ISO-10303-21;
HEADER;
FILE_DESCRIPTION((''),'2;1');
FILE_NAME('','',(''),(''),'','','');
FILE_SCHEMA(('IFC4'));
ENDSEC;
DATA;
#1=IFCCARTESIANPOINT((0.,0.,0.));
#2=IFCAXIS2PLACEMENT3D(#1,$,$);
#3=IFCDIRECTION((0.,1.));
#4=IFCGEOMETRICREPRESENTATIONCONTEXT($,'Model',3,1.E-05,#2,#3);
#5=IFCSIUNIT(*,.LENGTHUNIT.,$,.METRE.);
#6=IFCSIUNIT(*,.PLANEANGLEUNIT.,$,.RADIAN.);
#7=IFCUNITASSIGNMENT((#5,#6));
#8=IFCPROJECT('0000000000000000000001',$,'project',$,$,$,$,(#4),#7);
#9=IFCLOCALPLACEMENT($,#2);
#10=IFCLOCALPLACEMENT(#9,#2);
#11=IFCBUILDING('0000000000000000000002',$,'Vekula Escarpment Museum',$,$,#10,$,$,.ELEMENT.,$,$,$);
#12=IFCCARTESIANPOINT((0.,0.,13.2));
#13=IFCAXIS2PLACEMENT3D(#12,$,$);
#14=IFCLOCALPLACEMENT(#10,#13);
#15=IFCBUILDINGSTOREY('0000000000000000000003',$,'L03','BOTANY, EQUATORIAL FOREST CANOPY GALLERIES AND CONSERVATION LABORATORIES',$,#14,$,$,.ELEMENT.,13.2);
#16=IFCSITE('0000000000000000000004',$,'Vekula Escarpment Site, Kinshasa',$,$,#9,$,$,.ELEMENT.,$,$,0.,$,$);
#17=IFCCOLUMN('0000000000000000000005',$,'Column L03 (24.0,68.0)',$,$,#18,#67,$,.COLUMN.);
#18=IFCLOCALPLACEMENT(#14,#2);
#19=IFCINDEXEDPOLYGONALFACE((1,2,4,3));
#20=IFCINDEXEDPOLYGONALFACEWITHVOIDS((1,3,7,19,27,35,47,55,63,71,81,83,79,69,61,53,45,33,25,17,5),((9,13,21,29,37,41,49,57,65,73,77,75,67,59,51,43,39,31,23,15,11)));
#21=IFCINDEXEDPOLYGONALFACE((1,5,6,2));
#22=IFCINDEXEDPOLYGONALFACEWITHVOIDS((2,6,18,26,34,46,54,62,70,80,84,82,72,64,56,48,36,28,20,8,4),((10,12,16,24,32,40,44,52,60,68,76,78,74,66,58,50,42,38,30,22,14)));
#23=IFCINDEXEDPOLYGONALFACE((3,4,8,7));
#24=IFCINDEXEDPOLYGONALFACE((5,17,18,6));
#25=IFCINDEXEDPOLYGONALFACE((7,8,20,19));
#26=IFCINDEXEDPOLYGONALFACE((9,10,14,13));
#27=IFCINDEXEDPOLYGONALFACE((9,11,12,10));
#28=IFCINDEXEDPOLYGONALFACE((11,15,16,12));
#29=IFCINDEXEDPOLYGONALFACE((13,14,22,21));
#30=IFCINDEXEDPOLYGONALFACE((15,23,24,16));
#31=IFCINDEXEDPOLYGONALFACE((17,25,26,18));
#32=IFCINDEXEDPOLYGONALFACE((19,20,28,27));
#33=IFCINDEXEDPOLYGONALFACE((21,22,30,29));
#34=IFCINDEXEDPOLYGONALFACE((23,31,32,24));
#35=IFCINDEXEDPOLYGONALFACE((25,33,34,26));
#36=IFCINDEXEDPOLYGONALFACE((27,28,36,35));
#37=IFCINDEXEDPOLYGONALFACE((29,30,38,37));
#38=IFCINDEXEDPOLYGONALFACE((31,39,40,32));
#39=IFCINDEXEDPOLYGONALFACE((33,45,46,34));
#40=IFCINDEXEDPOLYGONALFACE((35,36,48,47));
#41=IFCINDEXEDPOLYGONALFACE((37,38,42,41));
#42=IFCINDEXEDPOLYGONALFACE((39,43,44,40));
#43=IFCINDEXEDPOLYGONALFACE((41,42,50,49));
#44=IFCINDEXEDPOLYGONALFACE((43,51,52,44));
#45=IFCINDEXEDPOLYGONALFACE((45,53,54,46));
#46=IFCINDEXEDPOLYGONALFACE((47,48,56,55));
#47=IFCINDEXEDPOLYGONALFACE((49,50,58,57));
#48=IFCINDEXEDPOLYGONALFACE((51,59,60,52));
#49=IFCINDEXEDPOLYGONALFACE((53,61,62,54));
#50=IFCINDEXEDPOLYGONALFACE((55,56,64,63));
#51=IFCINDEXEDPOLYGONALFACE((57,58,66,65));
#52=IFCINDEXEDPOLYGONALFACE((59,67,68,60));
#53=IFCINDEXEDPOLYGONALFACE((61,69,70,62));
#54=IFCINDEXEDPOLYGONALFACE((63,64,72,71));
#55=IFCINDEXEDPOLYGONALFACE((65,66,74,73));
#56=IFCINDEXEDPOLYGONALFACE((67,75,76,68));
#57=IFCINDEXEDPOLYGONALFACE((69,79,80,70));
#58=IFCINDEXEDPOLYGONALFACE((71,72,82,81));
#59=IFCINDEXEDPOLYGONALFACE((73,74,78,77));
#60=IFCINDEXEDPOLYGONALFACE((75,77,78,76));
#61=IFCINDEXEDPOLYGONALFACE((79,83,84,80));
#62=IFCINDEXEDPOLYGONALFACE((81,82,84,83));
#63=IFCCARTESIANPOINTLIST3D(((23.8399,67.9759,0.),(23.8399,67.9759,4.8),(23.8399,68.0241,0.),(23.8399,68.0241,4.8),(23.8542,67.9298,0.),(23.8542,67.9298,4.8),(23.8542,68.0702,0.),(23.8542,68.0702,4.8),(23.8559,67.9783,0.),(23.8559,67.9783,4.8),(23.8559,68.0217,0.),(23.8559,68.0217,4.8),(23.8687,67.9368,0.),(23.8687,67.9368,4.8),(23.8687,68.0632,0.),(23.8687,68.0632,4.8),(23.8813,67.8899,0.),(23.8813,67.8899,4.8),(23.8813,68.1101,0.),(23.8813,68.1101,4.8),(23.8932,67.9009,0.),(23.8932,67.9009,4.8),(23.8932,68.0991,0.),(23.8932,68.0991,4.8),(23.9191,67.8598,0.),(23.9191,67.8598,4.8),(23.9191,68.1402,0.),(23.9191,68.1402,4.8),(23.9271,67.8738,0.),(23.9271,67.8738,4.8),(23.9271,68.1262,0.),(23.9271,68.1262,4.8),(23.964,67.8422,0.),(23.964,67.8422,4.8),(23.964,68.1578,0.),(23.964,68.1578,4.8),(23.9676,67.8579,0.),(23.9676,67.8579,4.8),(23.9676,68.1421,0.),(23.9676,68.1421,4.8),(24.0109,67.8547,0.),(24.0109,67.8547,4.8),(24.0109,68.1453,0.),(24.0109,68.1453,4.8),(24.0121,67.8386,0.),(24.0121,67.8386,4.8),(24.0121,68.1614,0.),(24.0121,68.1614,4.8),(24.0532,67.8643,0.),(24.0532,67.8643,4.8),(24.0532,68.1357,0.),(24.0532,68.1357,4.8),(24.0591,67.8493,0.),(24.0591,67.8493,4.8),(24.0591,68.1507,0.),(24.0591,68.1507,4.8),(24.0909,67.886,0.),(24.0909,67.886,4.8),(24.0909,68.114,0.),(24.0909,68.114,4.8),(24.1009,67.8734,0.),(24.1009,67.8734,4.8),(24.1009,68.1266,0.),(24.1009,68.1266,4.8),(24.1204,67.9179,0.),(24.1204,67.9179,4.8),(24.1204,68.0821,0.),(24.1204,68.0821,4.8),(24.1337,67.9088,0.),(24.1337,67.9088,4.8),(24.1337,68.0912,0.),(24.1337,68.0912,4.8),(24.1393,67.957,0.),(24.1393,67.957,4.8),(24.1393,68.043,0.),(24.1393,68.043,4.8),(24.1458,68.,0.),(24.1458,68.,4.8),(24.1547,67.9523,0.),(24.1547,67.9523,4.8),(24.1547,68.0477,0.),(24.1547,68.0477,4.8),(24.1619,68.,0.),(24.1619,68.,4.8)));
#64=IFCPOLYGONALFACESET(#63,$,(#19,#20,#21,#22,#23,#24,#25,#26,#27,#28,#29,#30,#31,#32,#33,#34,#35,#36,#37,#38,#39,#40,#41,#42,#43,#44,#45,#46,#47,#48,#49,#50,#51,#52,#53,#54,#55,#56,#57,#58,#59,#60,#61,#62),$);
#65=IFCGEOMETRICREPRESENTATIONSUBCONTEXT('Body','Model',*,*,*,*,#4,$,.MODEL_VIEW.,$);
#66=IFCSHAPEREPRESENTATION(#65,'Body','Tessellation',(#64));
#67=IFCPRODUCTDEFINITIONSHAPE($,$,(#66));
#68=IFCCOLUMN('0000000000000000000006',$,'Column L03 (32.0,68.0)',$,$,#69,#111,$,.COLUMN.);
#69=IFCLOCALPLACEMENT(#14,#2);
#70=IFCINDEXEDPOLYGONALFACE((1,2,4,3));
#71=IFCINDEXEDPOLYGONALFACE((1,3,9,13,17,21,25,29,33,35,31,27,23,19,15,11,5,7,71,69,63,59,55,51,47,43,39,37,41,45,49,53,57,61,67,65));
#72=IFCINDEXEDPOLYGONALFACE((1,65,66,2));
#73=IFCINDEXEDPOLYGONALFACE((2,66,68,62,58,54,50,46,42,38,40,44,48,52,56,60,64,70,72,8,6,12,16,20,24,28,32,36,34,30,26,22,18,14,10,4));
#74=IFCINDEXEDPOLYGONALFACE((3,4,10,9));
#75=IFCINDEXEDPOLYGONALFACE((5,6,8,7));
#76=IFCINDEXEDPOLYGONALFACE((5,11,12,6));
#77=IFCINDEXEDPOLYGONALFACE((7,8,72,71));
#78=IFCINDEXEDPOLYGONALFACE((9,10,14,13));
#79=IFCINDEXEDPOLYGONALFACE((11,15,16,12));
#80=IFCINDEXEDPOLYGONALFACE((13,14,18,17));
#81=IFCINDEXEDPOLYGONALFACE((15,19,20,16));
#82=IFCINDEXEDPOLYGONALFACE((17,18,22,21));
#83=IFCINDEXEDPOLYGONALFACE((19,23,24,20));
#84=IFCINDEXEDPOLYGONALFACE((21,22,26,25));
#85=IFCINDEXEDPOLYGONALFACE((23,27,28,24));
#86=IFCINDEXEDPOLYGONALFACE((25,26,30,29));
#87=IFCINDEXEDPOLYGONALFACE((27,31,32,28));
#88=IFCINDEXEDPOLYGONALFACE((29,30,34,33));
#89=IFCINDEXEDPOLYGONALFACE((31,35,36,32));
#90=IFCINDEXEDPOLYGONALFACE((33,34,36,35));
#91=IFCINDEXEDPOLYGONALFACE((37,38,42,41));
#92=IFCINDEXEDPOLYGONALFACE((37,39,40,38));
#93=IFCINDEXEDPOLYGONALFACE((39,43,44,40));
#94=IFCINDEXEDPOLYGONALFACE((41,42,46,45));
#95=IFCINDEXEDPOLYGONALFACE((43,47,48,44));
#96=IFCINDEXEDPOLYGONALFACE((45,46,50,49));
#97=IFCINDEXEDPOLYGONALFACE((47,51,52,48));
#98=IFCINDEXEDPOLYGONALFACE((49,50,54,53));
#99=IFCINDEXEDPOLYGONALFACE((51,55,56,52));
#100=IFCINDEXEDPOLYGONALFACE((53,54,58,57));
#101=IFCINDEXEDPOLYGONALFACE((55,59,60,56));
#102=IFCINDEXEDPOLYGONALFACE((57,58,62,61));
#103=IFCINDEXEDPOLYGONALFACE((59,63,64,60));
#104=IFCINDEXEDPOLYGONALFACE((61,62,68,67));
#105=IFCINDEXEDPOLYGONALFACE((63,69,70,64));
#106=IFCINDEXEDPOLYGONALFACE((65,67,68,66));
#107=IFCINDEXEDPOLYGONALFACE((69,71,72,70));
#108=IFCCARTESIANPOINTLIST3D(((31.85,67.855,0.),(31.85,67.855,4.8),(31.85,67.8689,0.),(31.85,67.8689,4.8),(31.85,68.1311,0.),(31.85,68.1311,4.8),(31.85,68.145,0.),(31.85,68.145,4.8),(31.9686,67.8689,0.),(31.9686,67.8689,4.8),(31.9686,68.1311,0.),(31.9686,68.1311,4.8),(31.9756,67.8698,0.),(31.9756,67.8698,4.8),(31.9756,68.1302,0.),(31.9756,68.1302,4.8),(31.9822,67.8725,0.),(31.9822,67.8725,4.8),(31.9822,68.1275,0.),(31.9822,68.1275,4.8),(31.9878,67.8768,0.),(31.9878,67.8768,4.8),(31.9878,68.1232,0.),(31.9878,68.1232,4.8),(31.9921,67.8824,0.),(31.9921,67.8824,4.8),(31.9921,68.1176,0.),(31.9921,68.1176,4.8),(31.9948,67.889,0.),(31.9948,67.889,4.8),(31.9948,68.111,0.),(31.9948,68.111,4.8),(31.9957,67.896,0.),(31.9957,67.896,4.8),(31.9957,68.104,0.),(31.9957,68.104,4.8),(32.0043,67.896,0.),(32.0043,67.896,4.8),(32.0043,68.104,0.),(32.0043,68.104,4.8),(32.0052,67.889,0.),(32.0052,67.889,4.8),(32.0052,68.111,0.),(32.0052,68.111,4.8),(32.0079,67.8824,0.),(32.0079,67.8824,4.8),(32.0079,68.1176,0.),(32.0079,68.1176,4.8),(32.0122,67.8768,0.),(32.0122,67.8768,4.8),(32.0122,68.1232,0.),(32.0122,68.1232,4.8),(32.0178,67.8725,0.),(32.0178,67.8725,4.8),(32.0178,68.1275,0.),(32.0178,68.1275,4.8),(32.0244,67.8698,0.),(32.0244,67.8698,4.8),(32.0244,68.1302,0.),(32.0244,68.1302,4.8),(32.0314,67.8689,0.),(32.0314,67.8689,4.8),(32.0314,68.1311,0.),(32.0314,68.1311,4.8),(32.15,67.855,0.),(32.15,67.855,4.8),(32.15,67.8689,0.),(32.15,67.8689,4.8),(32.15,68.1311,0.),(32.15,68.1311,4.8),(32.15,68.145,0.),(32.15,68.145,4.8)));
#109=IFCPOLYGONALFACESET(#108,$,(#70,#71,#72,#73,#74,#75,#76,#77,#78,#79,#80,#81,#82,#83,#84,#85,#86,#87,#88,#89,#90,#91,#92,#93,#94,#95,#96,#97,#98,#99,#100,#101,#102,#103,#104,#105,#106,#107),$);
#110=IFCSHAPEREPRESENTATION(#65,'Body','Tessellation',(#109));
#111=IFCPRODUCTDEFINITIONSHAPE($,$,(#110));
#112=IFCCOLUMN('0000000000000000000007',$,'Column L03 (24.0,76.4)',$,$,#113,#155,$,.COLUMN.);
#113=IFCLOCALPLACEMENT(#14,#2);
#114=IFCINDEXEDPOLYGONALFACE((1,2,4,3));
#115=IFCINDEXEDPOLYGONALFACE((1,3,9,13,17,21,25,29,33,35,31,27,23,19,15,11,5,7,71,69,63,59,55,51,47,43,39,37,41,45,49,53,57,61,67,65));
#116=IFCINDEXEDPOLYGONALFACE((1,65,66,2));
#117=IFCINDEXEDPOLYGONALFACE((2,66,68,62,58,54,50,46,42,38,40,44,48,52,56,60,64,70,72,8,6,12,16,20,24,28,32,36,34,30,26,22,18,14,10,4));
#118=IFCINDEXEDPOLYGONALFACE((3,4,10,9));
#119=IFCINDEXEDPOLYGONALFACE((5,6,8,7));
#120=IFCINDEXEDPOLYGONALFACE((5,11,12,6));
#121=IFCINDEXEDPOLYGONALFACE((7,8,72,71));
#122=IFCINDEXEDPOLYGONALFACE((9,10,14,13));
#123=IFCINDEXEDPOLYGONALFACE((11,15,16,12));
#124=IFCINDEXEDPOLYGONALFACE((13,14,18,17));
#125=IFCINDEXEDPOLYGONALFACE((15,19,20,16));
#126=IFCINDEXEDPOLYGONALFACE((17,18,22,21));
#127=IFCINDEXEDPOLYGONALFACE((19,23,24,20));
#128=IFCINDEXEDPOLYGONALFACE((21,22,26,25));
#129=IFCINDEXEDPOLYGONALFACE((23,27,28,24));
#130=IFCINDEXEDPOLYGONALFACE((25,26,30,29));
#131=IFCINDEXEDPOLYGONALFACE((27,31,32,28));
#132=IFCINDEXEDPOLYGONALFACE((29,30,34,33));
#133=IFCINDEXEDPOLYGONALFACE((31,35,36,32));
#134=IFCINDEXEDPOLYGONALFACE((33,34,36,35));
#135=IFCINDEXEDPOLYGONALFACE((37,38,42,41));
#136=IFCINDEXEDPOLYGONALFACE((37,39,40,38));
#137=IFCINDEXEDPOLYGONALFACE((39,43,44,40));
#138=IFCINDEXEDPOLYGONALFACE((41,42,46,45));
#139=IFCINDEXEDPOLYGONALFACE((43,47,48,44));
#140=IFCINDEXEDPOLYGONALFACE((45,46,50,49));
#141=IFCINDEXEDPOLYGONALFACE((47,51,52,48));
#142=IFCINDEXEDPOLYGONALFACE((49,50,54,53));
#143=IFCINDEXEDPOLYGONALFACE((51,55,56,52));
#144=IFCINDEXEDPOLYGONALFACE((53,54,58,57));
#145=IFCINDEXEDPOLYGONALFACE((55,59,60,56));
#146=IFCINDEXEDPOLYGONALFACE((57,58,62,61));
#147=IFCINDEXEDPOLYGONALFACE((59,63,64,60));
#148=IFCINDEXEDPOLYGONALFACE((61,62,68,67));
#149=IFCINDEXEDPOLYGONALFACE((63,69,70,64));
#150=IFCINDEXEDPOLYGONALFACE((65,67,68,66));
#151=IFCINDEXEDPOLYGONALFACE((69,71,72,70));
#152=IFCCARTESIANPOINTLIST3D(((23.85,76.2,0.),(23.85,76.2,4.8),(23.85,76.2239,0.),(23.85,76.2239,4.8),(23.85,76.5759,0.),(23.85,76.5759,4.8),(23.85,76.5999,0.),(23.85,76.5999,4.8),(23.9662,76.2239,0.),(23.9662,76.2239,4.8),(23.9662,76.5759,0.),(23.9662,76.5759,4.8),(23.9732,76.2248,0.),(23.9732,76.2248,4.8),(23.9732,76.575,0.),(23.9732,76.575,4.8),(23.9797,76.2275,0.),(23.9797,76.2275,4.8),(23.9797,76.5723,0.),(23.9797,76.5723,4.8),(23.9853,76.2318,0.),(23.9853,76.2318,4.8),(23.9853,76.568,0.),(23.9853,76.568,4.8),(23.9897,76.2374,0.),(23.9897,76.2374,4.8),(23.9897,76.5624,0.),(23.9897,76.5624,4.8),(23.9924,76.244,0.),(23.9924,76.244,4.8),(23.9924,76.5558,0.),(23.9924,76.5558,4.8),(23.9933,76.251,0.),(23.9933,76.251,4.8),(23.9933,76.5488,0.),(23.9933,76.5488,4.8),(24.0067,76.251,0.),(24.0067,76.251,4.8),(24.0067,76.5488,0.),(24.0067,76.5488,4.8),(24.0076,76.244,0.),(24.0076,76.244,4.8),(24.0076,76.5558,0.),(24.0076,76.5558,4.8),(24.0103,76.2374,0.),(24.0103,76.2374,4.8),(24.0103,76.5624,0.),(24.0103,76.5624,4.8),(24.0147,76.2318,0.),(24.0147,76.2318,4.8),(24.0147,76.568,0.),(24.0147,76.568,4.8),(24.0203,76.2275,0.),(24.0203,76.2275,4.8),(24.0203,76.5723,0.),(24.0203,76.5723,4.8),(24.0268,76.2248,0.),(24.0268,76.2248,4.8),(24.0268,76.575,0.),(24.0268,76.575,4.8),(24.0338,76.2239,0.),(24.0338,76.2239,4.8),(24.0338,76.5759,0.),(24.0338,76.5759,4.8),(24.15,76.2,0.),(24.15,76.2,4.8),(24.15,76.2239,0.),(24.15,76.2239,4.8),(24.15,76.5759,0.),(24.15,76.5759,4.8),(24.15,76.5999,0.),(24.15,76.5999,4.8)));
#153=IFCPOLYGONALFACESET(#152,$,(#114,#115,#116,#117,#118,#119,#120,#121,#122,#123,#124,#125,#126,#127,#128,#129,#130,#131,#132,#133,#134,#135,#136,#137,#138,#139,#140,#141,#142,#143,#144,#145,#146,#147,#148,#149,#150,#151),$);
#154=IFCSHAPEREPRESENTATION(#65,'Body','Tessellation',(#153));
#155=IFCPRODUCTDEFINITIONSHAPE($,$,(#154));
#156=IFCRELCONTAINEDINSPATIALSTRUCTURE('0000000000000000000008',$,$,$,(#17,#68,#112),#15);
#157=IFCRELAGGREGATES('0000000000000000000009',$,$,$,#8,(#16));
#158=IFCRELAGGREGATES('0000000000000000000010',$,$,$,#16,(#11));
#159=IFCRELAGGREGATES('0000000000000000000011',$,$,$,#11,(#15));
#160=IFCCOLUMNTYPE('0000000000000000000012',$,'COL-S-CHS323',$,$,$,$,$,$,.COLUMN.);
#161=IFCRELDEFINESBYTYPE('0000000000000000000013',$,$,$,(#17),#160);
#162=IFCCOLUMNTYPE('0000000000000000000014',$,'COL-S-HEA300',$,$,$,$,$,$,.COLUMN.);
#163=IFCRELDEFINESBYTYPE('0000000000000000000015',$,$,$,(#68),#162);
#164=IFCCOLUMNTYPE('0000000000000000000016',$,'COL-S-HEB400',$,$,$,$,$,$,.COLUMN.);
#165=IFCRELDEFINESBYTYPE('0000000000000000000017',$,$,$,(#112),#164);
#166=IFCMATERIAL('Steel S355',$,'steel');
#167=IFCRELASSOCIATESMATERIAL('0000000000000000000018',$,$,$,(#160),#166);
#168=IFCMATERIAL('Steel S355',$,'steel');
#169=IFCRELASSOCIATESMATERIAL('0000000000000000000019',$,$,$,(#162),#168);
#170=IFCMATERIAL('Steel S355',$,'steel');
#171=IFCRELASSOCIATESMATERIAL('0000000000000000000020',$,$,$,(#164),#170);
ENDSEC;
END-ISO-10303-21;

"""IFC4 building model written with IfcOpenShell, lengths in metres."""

from ifc_helpers import new_model, si_unit, direction, frame, origin, origin_2d, place, context, subcontext, project, spatial, hollow_circle, i_section, extrude, material, material_profile, profile_set, type_object, element, save


model = new_model("IFC4")

# Units and contexts
model_context = context("Model", 3, precision=1e-05, world=origin(), true_north=direction((0.0, 1.0)))
body_context = subcontext(model_context, "Body", "Model", "MODEL_VIEW")
ifc_project = project(units=[si_unit("LENGTHUNIT", "METRE"), si_unit("PLANEANGLEUNIT", "RADIAN")], contexts=[model_context])

# Site, building, storey
site_placement = place(None, origin())
site = spatial("IfcSite", under=ifc_project, at=site_placement, Name="Vekula Escarpment Site, Kinshasa", CompositionType="ELEMENT", RefElevation=0.0)
building_placement = place(site_placement, origin())
building = spatial("IfcBuilding", under=site, at=building_placement, Name="Vekula Escarpment Museum", CompositionType="ELEMENT")
storey_placement = place(building_placement, frame((0.0, 0.0, 13.2)))
storey = spatial("IfcBuildingStorey", under=building, at=storey_placement, Name="L03", Description="BOTANY, EQUATORIAL FOREST CANOPY GALLERIES AND CONSERVATION LABORATORIES", CompositionType="ELEMENT", Elevation=13.2)

# Columns
ifc_material_1 = material(Name="Steel S355", Category="steel")
ifc_material_profile_1 = material_profile(ifc_material_1, hollow_circle(Radius=0.1619, WallThickness=0.0161, at=origin_2d()), Name="CHS 323.9x16")
ifc_profile_set_1 = profile_set([ifc_material_profile_1], Name="Steel S355")
column_type_1 = type_object("IfcColumnType", Name="COL-S-CHS323", PredefinedType="COLUMN", material=ifc_profile_set_1)
column_1_placement = place(storey_placement, frame((24.0, 68.0, 0.0), z_axis=(0.0, 0.0, 1.0), x_axis=(1.0, 0.0, 0.0)))
element("IfcColumn", 1, at=column_1_placement, inside=storey, type_object=column_type_1, Name="Column L03 (24.0,68.0)", PredefinedType="COLUMN", context=body_context, shape_type="SweptSolid", body=[
    extrude(hollow_circle(Radius=0.1619, WallThickness=0.0161, at=origin_2d()), origin(), (0.0, 0.0, 1.0), 4.8),
])
ifc_material_2 = material(Name="Steel S355", Category="steel")
ifc_material_profile_2 = material_profile(ifc_material_2, i_section(OverallWidth=0.3, OverallDepth=0.29, WebThickness=0.0085, FlangeThickness=0.0139, FilletRadius=0.0271, at=origin_2d()), Name="HEA 300")
ifc_profile_set_2 = profile_set([ifc_material_profile_2], Name="Steel S355")
column_type_2 = type_object("IfcColumnType", Name="COL-S-HEA300", PredefinedType="COLUMN", material=ifc_profile_set_2)
column_2_placement = place(storey_placement, frame((32.0, 68.0, 0.0), z_axis=(0.0, 0.0, 1.0), x_axis=(1.0, 0.0, 0.0)))
element("IfcColumn", 2, at=column_2_placement, inside=storey, type_object=column_type_2, Name="Column L03 (32.0,68.0)", PredefinedType="COLUMN", context=body_context, shape_type="SweptSolid", body=[
    extrude(i_section(OverallWidth=0.3, OverallDepth=0.29, WebThickness=0.0085, FlangeThickness=0.0139, FilletRadius=0.0271, at=origin_2d()), origin(), (0.0, 0.0, 1.0), 4.8),
])
ifc_material_3 = material(Name="Steel S355", Category="steel")
ifc_material_profile_3 = material_profile(ifc_material_3, i_section(OverallWidth=0.3, OverallDepth=0.3999, WebThickness=0.0134, FlangeThickness=0.0239, FilletRadius=0.0271, at=origin_2d()), Name="HEB 400")
ifc_profile_set_3 = profile_set([ifc_material_profile_3], Name="Steel S355")
column_type_3 = type_object("IfcColumnType", Name="COL-S-HEB400", PredefinedType="COLUMN", material=ifc_profile_set_3)
column_3_placement = place(storey_placement, frame((24.0, 76.3999, 0.0), z_axis=(0.0, 0.0, 1.0), x_axis=(1.0, 0.0, 0.0)))
element("IfcColumn", 3, at=column_3_placement, inside=storey, type_object=column_type_3, Name="Column L03 (24.0,76.4)", PredefinedType="COLUMN", context=body_context, shape_type="SweptSolid", body=[
    extrude(i_section(OverallWidth=0.3, OverallDepth=0.3999, WebThickness=0.0134, FlangeThickness=0.0239, FilletRadius=0.0271, at=origin_2d()), origin(), (0.0, 0.0, 1.0), 4.8),
])

save(model, "model.ifc")
